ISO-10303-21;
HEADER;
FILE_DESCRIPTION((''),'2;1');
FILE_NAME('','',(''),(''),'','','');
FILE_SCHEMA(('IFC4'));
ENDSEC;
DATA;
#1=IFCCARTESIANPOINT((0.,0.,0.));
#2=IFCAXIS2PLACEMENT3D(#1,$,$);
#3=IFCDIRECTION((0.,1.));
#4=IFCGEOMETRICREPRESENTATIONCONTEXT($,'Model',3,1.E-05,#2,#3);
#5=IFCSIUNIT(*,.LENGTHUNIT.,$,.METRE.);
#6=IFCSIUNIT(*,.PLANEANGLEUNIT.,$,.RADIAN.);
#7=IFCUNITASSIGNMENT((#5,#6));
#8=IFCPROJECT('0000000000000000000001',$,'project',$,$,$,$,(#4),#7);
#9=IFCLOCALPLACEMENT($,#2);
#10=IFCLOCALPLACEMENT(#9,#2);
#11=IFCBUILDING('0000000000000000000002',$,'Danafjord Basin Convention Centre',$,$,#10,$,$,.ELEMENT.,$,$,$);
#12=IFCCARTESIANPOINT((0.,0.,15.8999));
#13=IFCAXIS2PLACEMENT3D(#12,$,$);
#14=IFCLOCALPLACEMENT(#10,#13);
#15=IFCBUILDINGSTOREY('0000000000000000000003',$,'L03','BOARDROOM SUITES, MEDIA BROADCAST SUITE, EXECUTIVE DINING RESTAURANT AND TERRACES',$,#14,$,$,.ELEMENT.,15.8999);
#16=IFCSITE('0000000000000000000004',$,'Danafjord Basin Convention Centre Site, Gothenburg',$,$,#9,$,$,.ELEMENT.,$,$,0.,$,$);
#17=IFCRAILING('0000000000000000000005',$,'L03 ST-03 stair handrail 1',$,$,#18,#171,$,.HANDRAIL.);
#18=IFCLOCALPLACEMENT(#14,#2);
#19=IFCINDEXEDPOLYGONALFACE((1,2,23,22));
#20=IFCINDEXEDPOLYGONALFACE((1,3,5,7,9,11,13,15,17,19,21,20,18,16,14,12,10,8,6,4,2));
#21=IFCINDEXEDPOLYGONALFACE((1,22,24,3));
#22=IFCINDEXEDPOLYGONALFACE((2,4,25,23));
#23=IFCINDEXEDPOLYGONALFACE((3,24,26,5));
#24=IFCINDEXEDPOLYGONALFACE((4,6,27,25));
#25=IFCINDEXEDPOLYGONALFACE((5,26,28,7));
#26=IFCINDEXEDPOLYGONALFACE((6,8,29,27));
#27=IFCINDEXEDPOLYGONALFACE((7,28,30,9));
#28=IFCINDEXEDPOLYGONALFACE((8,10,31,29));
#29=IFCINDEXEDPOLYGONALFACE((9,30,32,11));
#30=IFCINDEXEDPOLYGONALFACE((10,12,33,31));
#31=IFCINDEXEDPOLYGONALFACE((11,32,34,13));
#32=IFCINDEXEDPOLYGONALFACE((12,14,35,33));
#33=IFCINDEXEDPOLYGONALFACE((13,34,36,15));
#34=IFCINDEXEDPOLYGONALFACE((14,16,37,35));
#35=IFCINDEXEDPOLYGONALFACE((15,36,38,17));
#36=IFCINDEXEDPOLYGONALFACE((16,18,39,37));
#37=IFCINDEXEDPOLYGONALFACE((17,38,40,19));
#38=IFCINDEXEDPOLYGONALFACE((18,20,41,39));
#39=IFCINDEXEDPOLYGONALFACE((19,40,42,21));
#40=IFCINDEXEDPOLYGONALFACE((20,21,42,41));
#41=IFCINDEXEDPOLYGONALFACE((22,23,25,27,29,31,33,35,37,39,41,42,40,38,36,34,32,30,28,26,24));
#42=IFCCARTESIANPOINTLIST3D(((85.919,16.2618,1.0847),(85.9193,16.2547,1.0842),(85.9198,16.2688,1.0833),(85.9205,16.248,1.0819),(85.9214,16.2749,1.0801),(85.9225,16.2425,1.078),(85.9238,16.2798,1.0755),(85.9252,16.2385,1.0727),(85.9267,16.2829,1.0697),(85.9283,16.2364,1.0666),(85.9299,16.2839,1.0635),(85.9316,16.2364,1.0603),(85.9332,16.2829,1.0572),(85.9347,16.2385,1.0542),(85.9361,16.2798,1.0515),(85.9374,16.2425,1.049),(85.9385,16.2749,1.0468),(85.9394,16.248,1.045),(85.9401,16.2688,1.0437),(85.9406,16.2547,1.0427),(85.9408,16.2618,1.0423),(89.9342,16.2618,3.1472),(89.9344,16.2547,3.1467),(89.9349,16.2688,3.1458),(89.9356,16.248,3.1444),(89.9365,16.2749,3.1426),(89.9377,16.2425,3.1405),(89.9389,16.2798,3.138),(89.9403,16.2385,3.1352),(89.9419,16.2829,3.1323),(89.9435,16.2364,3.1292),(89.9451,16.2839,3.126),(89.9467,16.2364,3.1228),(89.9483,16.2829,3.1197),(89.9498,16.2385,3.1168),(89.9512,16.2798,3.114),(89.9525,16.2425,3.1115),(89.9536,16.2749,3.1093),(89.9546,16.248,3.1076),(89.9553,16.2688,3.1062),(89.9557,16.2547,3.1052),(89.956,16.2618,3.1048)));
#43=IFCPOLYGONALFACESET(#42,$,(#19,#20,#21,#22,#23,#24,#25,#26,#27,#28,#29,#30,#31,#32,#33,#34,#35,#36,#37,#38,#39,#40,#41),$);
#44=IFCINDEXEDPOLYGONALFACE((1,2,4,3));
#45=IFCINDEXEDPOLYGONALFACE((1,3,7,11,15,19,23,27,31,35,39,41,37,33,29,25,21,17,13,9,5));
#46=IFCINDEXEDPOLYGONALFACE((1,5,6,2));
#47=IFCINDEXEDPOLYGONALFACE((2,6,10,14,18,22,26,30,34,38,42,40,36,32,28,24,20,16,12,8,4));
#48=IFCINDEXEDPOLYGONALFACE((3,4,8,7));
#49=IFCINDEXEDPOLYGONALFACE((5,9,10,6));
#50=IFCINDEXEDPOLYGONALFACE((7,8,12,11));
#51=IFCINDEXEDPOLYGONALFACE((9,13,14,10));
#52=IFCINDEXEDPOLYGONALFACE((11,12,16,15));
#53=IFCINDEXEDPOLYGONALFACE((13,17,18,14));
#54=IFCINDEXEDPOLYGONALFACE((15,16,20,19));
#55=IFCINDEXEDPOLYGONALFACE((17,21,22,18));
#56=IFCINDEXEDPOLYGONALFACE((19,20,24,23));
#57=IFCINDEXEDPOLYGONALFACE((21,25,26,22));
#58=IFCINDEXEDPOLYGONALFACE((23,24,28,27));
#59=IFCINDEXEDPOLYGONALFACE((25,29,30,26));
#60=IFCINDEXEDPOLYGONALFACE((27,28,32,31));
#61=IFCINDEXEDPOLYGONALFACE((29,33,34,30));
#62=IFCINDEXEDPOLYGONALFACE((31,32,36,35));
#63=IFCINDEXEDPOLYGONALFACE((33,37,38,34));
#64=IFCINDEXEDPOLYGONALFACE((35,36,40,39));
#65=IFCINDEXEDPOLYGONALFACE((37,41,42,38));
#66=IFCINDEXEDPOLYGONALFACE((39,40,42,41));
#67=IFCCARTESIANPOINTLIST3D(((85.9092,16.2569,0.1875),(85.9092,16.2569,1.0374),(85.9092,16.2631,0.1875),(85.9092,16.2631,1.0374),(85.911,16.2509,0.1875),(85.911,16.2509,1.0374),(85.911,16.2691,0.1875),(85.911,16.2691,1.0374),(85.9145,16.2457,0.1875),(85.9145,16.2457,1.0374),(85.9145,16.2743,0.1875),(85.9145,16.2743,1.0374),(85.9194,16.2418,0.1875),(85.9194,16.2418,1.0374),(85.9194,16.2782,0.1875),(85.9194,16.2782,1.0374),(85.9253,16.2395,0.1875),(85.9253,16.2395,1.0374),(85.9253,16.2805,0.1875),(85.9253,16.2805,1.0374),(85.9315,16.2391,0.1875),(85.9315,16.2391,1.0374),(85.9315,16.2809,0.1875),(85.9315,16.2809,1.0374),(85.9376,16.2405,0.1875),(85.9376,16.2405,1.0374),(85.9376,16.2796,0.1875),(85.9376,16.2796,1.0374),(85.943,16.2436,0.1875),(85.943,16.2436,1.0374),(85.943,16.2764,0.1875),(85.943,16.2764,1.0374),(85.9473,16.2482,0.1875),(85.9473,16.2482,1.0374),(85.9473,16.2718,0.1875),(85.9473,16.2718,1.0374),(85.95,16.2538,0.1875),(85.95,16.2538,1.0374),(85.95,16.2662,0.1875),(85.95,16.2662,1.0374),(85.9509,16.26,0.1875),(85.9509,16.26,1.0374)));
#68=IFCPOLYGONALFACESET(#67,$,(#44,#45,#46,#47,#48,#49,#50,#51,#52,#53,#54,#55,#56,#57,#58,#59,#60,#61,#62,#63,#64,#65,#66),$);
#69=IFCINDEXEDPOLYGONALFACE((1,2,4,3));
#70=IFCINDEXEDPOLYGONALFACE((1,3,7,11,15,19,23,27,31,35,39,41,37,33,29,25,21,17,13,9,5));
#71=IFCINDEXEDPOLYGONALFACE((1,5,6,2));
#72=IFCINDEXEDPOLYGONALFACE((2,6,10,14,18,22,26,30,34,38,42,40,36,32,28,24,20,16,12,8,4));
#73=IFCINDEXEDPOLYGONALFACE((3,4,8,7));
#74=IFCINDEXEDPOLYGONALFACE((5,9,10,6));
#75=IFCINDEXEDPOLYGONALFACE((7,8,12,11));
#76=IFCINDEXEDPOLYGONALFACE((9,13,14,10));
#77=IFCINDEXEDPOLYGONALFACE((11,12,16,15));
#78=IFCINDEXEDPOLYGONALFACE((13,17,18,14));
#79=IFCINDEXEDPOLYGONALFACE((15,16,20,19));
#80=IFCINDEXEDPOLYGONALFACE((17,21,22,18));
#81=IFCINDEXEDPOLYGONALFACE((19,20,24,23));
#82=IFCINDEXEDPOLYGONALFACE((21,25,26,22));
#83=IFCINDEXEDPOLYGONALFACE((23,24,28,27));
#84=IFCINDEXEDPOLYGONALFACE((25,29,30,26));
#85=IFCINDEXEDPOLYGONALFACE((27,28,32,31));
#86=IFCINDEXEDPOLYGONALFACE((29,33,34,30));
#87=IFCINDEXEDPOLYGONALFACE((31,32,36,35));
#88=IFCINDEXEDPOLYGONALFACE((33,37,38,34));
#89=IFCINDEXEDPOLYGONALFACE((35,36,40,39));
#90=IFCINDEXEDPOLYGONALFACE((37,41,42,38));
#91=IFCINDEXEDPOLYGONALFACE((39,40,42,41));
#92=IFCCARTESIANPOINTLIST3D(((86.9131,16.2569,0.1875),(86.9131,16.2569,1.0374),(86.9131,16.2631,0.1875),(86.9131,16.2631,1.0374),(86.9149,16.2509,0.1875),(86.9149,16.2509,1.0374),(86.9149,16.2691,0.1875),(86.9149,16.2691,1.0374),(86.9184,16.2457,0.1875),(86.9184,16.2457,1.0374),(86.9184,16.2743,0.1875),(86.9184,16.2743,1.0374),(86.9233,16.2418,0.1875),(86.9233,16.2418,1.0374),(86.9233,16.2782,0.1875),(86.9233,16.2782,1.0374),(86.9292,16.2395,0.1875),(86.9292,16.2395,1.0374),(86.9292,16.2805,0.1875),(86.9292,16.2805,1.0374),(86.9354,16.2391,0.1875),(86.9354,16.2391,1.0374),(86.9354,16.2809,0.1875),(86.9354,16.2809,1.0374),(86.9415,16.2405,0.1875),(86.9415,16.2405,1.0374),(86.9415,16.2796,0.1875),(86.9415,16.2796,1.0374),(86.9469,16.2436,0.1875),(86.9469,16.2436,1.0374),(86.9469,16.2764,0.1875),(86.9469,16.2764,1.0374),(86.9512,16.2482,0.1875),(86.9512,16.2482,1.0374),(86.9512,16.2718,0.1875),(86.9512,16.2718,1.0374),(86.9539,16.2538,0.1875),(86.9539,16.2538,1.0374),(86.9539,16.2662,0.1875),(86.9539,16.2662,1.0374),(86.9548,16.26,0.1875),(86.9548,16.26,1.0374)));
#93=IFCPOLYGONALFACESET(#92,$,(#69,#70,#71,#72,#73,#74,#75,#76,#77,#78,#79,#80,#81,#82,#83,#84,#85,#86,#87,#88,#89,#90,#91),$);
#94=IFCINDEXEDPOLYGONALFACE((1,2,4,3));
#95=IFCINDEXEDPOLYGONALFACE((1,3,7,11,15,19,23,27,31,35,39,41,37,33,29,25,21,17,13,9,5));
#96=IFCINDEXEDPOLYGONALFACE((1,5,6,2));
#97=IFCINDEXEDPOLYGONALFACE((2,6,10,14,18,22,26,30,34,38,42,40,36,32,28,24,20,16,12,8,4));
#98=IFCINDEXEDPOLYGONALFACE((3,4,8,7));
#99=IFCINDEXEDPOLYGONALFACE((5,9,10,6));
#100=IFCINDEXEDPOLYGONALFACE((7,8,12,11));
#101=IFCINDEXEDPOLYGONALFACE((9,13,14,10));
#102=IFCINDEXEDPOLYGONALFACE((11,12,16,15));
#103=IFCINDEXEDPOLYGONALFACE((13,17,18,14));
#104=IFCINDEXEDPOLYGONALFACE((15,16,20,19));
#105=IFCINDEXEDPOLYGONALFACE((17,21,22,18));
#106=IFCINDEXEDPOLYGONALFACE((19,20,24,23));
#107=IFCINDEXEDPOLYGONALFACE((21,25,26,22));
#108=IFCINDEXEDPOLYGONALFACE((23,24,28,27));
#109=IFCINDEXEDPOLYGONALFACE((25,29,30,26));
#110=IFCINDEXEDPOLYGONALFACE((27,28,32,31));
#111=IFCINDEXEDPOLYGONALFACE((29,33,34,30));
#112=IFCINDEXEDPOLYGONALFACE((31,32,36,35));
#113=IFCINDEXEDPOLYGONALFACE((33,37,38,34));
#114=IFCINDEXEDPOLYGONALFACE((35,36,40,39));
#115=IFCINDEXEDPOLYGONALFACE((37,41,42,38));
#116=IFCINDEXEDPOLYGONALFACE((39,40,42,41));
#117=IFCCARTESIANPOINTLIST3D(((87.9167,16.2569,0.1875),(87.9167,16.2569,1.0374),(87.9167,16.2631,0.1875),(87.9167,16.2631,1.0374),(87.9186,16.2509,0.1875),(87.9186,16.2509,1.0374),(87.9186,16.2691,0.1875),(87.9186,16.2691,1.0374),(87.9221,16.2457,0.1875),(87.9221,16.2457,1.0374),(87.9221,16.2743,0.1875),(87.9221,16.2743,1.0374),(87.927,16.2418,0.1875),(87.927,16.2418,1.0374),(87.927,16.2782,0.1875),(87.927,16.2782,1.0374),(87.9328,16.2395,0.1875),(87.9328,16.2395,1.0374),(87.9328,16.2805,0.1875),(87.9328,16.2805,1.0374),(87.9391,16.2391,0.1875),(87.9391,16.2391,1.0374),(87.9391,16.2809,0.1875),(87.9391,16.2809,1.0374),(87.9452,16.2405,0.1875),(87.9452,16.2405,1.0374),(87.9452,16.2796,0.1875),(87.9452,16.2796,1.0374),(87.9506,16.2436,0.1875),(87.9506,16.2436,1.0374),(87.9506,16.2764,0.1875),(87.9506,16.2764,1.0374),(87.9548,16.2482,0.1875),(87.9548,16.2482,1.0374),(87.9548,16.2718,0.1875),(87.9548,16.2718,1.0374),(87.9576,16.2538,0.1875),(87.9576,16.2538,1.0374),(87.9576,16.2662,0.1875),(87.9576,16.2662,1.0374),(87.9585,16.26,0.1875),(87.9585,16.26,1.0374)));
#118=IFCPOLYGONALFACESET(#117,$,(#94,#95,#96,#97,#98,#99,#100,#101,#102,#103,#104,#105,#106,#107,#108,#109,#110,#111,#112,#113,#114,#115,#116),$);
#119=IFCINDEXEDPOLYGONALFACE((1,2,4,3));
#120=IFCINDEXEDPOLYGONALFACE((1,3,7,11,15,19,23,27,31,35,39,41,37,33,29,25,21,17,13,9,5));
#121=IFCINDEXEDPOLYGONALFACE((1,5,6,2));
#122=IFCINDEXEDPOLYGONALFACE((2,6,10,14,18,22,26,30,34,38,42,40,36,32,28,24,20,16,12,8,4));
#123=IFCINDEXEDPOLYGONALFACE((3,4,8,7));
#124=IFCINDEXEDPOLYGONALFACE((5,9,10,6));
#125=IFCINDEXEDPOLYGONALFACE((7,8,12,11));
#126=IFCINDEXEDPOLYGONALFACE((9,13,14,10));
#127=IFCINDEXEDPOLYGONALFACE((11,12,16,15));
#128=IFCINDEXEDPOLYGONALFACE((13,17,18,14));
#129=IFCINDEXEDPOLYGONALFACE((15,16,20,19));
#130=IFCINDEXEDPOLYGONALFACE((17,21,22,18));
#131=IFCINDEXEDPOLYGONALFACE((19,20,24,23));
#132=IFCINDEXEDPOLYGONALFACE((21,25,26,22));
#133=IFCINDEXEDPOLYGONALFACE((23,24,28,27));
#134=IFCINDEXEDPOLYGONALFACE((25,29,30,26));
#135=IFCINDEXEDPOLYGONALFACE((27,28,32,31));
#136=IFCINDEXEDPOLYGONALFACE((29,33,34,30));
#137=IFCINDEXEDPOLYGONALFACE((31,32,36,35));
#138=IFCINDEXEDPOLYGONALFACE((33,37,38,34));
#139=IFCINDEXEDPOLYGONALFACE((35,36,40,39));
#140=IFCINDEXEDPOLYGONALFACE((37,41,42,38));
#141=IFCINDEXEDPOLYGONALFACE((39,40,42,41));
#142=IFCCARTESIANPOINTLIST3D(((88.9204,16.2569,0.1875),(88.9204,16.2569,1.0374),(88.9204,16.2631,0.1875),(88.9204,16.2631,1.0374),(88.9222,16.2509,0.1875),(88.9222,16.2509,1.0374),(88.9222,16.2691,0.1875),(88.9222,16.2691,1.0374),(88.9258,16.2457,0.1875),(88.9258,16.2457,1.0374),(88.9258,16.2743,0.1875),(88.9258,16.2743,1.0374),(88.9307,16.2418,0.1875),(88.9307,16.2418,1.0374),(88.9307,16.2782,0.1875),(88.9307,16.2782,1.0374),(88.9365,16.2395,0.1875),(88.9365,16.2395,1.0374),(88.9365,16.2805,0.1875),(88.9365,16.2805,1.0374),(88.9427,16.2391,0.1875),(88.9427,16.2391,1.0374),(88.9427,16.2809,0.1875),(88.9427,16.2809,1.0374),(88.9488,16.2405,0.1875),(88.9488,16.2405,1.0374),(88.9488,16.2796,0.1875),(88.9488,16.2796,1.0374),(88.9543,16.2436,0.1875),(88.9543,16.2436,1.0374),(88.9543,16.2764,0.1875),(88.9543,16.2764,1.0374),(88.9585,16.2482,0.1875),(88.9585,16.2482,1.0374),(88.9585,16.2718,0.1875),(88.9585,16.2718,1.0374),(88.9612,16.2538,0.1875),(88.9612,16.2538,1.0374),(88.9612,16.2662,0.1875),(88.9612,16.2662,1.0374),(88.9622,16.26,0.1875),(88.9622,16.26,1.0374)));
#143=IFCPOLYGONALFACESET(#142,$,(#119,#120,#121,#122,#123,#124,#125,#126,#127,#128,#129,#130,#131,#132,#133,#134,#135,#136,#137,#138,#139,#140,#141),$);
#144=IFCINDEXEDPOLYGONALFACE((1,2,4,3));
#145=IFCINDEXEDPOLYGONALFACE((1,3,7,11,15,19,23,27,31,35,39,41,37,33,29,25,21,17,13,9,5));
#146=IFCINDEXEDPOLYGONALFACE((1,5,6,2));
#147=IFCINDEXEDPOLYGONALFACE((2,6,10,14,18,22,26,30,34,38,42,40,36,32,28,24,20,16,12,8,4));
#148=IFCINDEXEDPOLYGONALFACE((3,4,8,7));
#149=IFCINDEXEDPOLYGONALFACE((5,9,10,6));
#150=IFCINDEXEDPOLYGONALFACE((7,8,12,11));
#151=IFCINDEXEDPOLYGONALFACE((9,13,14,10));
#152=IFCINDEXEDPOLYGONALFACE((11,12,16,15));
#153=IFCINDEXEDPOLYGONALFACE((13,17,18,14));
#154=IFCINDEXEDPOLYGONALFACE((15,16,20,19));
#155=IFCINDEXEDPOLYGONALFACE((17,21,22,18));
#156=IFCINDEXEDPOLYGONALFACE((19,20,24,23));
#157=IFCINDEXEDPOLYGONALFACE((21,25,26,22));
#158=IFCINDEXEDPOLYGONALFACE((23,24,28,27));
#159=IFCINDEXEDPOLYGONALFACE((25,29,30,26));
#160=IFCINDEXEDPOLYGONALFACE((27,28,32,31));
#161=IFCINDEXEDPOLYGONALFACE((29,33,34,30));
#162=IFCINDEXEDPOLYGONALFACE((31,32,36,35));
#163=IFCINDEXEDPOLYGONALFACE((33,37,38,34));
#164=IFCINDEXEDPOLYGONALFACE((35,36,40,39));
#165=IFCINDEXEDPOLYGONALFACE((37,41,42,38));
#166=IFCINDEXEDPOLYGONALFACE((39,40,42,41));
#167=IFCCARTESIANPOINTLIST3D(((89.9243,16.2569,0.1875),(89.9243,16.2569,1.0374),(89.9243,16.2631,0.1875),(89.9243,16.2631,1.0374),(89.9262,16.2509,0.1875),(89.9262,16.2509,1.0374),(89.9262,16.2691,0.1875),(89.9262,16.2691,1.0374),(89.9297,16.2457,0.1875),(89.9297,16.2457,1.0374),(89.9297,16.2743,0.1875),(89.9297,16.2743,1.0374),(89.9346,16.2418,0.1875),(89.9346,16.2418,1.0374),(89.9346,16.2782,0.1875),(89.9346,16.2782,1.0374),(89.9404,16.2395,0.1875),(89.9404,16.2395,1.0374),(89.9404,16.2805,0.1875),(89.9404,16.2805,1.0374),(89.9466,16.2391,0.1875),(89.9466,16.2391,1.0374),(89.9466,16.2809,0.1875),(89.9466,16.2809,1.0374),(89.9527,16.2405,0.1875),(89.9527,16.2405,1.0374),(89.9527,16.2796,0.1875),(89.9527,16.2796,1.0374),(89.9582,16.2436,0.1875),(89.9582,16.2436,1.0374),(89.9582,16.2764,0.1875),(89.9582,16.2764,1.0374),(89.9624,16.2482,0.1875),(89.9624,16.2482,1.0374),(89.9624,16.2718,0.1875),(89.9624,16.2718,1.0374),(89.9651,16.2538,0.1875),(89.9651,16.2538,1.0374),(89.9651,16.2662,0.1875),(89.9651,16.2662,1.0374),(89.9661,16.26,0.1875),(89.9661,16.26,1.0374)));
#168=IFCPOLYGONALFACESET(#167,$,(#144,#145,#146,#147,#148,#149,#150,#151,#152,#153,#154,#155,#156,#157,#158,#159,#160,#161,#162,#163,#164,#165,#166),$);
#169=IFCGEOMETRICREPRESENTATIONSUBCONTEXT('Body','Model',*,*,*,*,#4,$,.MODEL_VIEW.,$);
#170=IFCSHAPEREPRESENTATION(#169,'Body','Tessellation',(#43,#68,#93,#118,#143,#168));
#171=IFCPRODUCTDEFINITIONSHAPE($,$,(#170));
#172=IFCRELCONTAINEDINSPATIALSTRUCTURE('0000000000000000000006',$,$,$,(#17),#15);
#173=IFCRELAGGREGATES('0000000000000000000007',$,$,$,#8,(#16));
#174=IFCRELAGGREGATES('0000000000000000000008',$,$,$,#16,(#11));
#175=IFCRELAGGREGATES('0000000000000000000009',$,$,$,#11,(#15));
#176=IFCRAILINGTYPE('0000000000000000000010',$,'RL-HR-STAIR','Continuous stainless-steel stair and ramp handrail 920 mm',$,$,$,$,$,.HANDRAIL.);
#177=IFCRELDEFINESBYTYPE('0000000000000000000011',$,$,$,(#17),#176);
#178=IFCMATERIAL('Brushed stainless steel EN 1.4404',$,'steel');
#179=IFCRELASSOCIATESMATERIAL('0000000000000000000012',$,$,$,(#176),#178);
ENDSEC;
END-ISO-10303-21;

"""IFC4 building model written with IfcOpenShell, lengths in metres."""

from ifc_helpers import new_model, si_unit, direction, frame, origin, origin_2d, place, context, subcontext, project, spatial, circle, extrude, material, type_object, element, save


model = new_model("IFC4")

# Units and contexts
model_context = context("Model", 3, precision=1e-05, world=origin(), true_north=direction((0.0, 1.0)))
body_context = subcontext(model_context, "Body", "Model", "MODEL_VIEW")
ifc_project = project(units=[si_unit("LENGTHUNIT", "METRE"), si_unit("PLANEANGLEUNIT", "RADIAN")], contexts=[model_context])

# Site, building, storey
site_placement = place(None, origin())
site = spatial("IfcSite", under=ifc_project, at=site_placement, Name="Danafjord Basin Convention Centre Site, Gothenburg", CompositionType="ELEMENT", RefElevation=0.0)
building_placement = place(site_placement, origin())
building = spatial("IfcBuilding", under=site, at=building_placement, Name="Danafjord Basin Convention Centre", CompositionType="ELEMENT")
storey_placement = place(building_placement, frame((0.0, 0.0, 15.8999)))
storey = spatial("IfcBuildingStorey", under=building, at=storey_placement, Name="L03", Description="BOARDROOM SUITES, MEDIA BROADCAST SUITE, EXECUTIVE DINING RESTAURANT AND TERRACES", CompositionType="ELEMENT", Elevation=15.8999)

# Railing
ifc_material_1 = material(Name="Brushed stainless steel EN 1.4404", Category="steel")
railing_type_1 = type_object("IfcRailingType", Name="RL-HR-STAIR", Description="Continuous stainless-steel stair and ramp handrail 920 mm", PredefinedType="HANDRAIL", material=ifc_material_1)
railing_1_placement = place(storey_placement, frame((85.9299, 16.26, 0.1875)))
element("IfcRailing", 1, at=railing_1_placement, inside=storey, type_object=railing_type_1, Name="L03 ST-03 stair handrail 1", PredefinedType="HANDRAIL", context=body_context, shape_type="SweptSolid", body=[
    extrude(circle(Radius=0.0239, at=origin_2d()), frame((0.0, 0.0, 0.876), z_axis=(0.889506, 0.0, 0.456923), x_axis=(0.0, 1.0, 0.0)), (0.0, 0.0, 1.0), 4.5139),
    extrude(circle(Radius=0.021, at=origin_2d()), origin(), (0.0, 0.0, 1.0), 0.8499),
    extrude(circle(Radius=0.021, at=origin_2d()), frame((1.0039, 0.0, 0.0)), (0.0, 0.0, 1.0), 0.8499),
    extrude(circle(Radius=0.021, at=origin_2d()), frame((2.0076, 0.0, 0.0)), (0.0, 0.0, 1.0), 0.8499),
    extrude(circle(Radius=0.021, at=origin_2d()), frame((3.0112, 0.0, 0.0)), (0.0, 0.0, 1.0), 0.8499),
    extrude(circle(Radius=0.021, at=origin_2d()), frame((4.0151, 0.0, 0.0)), (0.0, 0.0, 1.0), 0.8499),
])

save(model, "model.ifc")
